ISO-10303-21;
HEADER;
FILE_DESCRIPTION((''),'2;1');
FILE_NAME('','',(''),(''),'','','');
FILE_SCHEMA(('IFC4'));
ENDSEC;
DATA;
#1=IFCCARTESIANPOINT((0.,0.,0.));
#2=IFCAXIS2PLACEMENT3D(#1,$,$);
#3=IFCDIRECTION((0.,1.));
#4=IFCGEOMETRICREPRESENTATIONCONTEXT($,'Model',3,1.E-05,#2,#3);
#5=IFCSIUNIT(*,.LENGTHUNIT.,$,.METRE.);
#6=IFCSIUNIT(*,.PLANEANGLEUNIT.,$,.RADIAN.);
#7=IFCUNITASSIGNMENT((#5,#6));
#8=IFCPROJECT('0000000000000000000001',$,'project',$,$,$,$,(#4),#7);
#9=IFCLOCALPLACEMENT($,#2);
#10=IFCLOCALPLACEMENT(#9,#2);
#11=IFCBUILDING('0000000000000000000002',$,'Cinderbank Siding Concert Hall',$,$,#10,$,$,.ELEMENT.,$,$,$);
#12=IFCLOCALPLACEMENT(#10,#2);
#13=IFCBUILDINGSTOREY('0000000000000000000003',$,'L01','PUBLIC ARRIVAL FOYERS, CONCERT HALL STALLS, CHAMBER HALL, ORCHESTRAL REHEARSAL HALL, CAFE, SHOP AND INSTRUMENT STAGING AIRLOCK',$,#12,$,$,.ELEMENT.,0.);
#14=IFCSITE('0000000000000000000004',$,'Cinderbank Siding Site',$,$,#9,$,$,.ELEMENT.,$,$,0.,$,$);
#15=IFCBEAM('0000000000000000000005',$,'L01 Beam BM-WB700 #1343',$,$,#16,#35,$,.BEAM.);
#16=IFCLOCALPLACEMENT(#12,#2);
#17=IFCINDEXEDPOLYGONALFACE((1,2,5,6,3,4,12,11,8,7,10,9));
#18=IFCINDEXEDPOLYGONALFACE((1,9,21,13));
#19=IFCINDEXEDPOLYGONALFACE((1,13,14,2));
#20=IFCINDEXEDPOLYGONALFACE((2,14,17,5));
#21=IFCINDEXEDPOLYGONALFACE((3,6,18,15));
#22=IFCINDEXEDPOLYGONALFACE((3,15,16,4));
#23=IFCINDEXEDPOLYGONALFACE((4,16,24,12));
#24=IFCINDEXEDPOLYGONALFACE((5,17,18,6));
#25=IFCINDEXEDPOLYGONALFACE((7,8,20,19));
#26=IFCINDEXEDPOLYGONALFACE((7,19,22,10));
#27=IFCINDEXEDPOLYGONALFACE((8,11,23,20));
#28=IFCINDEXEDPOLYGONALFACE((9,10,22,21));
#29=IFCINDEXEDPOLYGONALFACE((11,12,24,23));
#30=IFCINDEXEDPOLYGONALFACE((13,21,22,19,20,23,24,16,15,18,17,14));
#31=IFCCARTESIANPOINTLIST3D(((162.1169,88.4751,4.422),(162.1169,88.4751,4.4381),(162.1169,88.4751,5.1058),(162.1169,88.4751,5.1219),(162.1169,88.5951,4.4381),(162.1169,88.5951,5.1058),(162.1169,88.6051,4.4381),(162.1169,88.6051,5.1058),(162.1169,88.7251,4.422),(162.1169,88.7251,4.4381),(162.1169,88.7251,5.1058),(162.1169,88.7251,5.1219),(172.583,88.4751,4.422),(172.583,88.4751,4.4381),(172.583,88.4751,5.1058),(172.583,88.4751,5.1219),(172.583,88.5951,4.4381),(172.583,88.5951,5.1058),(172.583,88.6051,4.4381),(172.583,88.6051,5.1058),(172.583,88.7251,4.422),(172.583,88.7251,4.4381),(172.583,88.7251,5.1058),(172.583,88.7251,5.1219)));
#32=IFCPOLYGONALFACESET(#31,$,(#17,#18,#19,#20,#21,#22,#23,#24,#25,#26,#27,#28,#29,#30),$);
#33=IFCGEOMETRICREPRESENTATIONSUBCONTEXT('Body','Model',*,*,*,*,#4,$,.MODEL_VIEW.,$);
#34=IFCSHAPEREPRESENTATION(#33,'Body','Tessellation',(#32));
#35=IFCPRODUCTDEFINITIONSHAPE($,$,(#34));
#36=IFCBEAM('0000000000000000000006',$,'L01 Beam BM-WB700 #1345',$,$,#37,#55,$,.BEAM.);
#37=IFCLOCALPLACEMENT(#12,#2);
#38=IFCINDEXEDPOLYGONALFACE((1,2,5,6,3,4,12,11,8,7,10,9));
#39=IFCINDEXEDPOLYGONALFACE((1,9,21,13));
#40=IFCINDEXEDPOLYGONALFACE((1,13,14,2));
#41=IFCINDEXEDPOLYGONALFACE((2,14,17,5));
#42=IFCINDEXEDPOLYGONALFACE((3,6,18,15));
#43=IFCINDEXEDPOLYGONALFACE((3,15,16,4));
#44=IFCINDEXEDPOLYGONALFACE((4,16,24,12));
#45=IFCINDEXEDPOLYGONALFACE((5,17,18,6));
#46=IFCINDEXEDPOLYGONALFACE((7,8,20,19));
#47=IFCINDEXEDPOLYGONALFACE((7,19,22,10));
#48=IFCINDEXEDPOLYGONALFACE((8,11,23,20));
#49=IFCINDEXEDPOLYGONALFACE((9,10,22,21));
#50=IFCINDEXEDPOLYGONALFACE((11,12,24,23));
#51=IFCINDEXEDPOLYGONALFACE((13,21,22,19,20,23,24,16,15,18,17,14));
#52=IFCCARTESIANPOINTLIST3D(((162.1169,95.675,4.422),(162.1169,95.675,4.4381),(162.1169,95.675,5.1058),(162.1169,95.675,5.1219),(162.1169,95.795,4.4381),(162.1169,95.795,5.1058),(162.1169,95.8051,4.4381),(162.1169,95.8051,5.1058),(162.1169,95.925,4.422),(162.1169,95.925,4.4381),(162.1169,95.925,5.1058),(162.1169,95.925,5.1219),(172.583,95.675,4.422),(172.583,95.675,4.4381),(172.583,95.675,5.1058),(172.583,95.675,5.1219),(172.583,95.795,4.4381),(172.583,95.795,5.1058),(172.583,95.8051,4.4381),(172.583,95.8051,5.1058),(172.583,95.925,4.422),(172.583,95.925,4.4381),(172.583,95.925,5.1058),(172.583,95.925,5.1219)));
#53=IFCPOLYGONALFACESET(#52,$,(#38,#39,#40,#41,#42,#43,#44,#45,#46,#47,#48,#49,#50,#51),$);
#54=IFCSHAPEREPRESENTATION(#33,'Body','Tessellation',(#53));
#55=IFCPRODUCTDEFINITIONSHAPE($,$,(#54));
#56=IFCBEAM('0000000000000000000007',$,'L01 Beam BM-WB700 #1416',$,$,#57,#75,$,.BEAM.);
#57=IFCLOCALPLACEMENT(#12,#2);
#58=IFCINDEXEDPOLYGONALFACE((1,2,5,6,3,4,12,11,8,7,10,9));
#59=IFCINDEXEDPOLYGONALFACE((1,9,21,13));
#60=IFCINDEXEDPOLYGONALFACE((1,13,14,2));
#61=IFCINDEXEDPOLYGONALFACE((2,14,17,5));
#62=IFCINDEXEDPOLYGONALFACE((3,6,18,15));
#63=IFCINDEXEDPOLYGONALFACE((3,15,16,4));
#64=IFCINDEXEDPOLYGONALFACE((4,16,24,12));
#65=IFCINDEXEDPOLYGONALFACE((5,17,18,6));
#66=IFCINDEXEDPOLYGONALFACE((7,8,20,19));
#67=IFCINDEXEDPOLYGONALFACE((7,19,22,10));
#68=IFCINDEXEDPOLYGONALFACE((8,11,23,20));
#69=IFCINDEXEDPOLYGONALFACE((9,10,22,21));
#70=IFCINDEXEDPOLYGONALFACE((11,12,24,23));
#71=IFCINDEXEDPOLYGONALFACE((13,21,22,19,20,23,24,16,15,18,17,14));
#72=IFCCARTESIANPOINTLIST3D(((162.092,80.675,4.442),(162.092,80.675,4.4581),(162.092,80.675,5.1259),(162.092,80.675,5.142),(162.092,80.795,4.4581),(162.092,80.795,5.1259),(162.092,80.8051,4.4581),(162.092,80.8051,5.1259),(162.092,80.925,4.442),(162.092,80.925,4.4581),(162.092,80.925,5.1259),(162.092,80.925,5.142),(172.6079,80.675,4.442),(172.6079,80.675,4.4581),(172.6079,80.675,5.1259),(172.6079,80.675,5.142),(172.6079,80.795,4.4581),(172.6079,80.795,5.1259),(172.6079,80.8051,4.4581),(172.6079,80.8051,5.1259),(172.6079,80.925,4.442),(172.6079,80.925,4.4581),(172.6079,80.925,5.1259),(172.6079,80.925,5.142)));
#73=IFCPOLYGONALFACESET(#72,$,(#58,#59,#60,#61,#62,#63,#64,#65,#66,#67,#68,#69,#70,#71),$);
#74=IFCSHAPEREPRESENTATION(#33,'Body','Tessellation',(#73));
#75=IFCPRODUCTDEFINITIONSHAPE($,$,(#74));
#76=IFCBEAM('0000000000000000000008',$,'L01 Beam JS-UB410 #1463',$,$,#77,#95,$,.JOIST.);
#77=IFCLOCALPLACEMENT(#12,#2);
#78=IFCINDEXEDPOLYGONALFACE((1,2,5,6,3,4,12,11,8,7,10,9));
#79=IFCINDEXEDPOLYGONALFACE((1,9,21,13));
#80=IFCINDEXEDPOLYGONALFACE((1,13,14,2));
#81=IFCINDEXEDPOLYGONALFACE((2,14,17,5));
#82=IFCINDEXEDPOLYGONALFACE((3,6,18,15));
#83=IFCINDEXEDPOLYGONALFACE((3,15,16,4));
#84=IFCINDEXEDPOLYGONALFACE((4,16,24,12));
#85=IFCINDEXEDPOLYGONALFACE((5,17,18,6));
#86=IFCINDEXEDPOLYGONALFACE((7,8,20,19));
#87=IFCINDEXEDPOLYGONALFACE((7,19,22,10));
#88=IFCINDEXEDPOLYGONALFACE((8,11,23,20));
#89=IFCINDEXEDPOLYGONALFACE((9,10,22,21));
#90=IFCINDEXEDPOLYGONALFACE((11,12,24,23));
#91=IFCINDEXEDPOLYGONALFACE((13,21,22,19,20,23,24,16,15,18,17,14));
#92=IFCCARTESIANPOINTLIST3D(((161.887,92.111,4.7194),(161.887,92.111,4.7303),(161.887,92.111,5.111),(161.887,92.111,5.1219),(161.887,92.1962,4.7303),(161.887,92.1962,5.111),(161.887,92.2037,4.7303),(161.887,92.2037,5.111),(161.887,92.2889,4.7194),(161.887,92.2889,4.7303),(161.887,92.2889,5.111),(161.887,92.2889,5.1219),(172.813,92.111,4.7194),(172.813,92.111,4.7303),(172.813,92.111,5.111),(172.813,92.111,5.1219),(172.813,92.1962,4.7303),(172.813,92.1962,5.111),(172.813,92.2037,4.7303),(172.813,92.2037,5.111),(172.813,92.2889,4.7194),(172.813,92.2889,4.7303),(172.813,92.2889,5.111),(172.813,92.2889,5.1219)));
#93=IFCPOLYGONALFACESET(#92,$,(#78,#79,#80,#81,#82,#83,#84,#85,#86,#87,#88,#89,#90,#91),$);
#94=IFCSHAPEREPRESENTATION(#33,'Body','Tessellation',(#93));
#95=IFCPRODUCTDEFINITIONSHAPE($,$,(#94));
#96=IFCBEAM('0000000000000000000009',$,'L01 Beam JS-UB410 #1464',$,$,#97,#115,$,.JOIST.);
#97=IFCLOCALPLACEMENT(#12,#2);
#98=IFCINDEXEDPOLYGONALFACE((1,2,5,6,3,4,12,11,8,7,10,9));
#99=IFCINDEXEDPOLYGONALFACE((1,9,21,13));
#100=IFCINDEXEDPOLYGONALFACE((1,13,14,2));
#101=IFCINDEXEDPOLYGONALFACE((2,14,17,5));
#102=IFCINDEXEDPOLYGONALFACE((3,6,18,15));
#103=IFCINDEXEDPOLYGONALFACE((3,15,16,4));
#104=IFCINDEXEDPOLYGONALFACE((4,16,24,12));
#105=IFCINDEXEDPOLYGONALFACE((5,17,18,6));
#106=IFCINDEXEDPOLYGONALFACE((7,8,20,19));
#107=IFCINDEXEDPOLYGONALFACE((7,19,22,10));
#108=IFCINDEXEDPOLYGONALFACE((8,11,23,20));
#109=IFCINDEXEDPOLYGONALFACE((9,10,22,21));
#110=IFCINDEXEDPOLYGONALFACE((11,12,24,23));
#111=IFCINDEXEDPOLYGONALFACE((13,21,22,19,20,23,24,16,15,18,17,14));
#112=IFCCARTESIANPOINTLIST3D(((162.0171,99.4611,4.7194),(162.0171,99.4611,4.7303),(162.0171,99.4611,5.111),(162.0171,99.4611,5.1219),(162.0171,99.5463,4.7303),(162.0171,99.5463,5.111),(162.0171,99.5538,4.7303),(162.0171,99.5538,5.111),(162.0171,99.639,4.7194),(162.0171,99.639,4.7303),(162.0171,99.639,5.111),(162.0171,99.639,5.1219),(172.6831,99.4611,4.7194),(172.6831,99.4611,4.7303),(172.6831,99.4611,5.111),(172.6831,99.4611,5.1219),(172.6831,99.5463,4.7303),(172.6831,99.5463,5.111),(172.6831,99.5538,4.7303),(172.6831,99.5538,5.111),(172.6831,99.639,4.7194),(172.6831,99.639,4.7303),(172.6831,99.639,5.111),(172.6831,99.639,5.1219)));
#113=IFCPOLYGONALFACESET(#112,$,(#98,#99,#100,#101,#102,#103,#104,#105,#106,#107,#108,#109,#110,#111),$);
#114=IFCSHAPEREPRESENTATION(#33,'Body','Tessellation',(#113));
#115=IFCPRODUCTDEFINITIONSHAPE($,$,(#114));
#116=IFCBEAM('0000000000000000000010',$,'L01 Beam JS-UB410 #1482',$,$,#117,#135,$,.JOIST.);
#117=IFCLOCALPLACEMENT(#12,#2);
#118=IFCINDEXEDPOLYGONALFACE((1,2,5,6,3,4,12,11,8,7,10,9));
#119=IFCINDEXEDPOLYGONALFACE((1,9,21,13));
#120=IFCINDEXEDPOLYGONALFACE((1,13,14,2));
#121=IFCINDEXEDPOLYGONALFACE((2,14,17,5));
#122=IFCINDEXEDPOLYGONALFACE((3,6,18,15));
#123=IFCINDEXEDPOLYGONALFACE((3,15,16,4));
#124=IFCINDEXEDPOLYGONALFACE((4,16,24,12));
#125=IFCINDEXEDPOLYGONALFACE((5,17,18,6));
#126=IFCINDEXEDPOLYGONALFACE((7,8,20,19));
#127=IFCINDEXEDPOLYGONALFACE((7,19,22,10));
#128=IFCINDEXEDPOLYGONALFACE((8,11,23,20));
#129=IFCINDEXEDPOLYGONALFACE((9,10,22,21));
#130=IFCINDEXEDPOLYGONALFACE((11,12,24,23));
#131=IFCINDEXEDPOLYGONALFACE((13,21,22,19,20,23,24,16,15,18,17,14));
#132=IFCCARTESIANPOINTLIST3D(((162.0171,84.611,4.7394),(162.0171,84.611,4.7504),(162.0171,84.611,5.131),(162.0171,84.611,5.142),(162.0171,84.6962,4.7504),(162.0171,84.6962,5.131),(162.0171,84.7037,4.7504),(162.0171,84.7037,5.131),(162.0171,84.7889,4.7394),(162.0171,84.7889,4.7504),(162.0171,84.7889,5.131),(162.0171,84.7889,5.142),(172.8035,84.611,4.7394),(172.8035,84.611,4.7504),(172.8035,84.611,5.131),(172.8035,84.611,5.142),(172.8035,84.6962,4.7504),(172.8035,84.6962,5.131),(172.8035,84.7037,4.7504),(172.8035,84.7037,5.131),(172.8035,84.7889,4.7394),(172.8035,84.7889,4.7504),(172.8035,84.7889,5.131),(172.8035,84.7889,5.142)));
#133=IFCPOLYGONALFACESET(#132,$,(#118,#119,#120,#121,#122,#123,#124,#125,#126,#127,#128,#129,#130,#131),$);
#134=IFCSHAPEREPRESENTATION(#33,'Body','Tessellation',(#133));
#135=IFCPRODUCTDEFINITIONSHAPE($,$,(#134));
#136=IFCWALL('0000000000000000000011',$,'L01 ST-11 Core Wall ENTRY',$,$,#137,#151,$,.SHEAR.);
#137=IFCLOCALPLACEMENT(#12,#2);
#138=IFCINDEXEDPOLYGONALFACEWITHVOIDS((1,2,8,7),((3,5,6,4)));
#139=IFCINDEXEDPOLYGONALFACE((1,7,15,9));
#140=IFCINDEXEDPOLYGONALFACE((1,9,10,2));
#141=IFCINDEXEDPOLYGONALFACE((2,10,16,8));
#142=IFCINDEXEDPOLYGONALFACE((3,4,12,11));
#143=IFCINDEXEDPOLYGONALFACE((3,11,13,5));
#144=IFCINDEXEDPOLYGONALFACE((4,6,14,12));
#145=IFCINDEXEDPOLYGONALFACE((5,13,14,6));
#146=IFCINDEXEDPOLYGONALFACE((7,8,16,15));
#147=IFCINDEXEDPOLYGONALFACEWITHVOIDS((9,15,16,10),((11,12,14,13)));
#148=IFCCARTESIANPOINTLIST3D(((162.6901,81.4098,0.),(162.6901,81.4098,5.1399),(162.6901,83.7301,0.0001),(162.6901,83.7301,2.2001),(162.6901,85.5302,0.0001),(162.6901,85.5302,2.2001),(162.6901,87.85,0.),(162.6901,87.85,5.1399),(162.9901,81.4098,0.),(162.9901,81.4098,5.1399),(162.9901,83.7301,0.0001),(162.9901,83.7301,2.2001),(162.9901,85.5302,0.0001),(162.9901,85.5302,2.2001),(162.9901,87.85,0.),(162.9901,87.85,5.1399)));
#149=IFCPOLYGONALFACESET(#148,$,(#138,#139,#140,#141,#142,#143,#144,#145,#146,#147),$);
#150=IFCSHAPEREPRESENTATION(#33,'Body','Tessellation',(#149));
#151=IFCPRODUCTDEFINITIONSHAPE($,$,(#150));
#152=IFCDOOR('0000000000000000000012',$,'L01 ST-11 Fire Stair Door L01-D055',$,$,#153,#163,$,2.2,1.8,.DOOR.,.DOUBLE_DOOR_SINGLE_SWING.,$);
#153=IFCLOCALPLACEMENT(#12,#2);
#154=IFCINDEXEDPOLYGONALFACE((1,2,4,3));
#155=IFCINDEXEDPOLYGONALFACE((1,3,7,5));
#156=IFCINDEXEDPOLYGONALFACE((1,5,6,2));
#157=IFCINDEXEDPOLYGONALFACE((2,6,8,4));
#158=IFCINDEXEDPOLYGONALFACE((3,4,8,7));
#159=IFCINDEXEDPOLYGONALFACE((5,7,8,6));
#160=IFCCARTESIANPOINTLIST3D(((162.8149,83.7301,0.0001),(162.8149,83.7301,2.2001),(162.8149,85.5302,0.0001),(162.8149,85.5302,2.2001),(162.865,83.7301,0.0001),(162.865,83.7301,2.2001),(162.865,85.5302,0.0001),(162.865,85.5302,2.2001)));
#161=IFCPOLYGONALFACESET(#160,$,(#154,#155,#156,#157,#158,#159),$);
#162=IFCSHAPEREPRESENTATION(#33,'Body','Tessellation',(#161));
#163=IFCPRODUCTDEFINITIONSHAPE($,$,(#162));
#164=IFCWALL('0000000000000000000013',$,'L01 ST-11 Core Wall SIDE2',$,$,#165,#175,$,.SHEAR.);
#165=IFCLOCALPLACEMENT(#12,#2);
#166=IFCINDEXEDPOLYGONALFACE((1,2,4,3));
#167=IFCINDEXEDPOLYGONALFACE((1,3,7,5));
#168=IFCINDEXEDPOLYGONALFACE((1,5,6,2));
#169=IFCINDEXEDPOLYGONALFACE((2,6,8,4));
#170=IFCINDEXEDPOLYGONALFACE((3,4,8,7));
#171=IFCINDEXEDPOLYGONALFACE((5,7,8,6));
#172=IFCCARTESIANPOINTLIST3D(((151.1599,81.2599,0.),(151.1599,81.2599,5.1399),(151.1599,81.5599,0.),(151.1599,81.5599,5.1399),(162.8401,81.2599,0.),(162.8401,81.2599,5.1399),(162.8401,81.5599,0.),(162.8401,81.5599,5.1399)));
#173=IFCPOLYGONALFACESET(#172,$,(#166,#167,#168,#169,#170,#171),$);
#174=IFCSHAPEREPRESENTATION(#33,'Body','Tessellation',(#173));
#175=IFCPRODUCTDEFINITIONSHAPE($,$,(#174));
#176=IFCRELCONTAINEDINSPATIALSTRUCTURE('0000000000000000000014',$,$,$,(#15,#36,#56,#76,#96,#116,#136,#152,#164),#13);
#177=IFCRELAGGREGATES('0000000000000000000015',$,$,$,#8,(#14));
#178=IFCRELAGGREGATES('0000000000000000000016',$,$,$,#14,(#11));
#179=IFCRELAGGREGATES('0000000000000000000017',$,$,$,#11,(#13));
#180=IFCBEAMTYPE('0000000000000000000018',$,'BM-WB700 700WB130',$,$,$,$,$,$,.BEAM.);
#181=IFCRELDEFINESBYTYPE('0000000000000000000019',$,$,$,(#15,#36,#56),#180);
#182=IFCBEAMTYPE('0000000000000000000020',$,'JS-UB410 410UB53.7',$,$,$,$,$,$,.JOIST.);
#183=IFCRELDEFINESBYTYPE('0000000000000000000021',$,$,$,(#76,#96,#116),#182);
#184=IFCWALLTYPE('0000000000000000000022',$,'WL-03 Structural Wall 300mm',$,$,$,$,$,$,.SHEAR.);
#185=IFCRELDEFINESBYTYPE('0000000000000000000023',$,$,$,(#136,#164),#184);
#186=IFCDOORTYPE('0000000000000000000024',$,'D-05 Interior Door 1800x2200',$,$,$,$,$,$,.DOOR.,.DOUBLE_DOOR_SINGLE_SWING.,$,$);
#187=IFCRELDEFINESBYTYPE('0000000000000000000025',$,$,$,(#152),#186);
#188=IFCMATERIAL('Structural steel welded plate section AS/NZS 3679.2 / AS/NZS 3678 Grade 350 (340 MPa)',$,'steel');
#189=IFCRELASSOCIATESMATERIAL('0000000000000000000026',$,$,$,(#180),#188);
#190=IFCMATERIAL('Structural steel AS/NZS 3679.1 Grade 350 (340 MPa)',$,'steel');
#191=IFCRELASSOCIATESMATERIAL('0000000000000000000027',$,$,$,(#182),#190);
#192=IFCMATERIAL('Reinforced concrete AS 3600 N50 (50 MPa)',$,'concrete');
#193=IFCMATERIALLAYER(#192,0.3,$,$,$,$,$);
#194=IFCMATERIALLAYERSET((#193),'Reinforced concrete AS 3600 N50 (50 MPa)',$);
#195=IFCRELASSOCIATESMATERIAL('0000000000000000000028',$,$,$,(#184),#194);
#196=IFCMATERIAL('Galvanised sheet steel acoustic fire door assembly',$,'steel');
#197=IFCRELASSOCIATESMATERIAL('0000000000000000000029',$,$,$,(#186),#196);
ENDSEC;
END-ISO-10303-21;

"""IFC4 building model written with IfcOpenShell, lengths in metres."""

from ifc_helpers import new_model, si_unit, direction, frame, frame_2d, origin, origin_2d, place, context, subcontext, project, spatial, rectangle, i_section, extrude, material, layer, layer_set, material_profile, profile_set, type_object, element, fill, save


model = new_model("IFC4")

# Units and contexts
model_context = context("Model", 3, precision=1e-05, world=origin(), true_north=direction((0.0, 1.0)))
body_context = subcontext(model_context, "Body", "Model", "MODEL_VIEW")
ifc_project = project(units=[si_unit("LENGTHUNIT", "METRE"), si_unit("PLANEANGLEUNIT", "RADIAN")], contexts=[model_context])

# Site, building, storey
site_placement = place(None, origin())
site = spatial("IfcSite", under=ifc_project, at=site_placement, Name="Cinderbank Siding Site", CompositionType="ELEMENT", RefElevation=0.0)
building_placement = place(site_placement, origin())
building = spatial("IfcBuilding", under=site, at=building_placement, Name="Cinderbank Siding Concert Hall", CompositionType="ELEMENT")
storey_placement = place(building_placement, origin())
storey = spatial("IfcBuildingStorey", under=building, at=storey_placement, Name="L01", Description="PUBLIC ARRIVAL FOYERS, CONCERT HALL STALLS, CHAMBER HALL, ORCHESTRAL REHEARSAL HALL, CAFE, SHOP AND INSTRUMENT STAGING AIRLOCK", CompositionType="ELEMENT", Elevation=0.0)

# Shared definitions
ifc_material_1 = material(Name="Reinforced concrete AS 3600 N50 (50 MPa)", Category="concrete")

# Beams
ifc_material_2 = material(Name="Structural steel AS/NZS 3679.1 Grade 350 (340 MPa)", Category="steel")
ifc_material_3 = material(Name="Structural steel welded plate section AS/NZS 3679.2 / AS/NZS 3678 Grade 350 (340 MPa)", Category="steel")
ifc_material_profile_1 = material_profile(ifc_material_3, i_section(OverallWidth=0.25, OverallDepth=0.7, WebThickness=0.01, FlangeThickness=0.0161, at=origin_2d()), Name="700WB130", Category="LoadBearing")
ifc_profile_set_1 = profile_set([ifc_material_profile_1], Name="Structural steel welded plate section AS/NZS 3679.2 / AS/NZS 3678 Grade 350 (340 MPa)")
beam_type_1 = type_object("IfcBeamType", Name="BM-WB700 700WB130", PredefinedType="BEAM", material=ifc_profile_set_1)
for number, where, z_axis, x_axis, name in (
    (1, (162.1169, 88.6001, 4.772), (1.0, 0.0, 0.0), (0.0, 1.0, 0.0), "L01 Beam BM-WB700 #1343"),
    (2, (162.1169, 95.8, 4.772), (1.0, 0.0, 0.0), (0.0, 1.0, 0.0), "L01 Beam BM-WB700 #1345"),
):
    element("IfcBeam", number, at=place(storey_placement, frame(where, z_axis=z_axis, x_axis=x_axis)), inside=storey, type_object=beam_type_1, Name=name, PredefinedType="BEAM", context=body_context, shape_type="SweptSolid", body=[
        extrude(i_section(OverallWidth=0.25, OverallDepth=0.7, WebThickness=0.01, FlangeThickness=0.0161, at=origin_2d()), origin(), (0.0, 0.0, 1.0), 10.4661),
    ])
beam_1_placement = place(storey_placement, frame((162.092, 80.8, 4.792), z_axis=(1.0, 0.0, 0.0), x_axis=(0.0, 1.0, 0.0)))
element("IfcBeam", 3, at=beam_1_placement, inside=storey, type_object=beam_type_1, Name="L01 Beam BM-WB700 #1416", PredefinedType="BEAM", context=body_context, shape_type="SweptSolid", body=[
    extrude(i_section(OverallWidth=0.25, OverallDepth=0.7, WebThickness=0.01, FlangeThickness=0.0161, at=origin_2d()), origin(), (0.0, 0.0, 1.0), 10.5159),
])
ifc_material_profile_2 = material_profile(ifc_material_2, i_section(OverallWidth=0.178, OverallDepth=0.4026, WebThickness=0.0076, FlangeThickness=0.011, at=origin_2d()), Name="410UB53.7", Category="LoadBearing")
ifc_profile_set_2 = profile_set([ifc_material_profile_2], Name="Structural steel AS/NZS 3679.1 Grade 350 (340 MPa)")
beam_type_2 = type_object("IfcBeamType", Name="JS-UB410 410UB53.7", PredefinedType="JOIST", material=ifc_profile_set_2)
beam_2_placement = place(storey_placement, frame((161.887, 92.2, 4.9207), z_axis=(1.0, 0.0, 0.0), x_axis=(0.0, 1.0, 0.0)))
element("IfcBeam", 4, at=beam_2_placement, inside=storey, type_object=beam_type_2, Name="L01 Beam JS-UB410 #1463", PredefinedType="JOIST", context=body_context, shape_type="SweptSolid", body=[
    extrude(i_section(OverallWidth=0.178, OverallDepth=0.4026, WebThickness=0.0076, FlangeThickness=0.011, at=origin_2d()), origin(), (0.0, 0.0, 1.0), 10.926),
])
beam_3_placement = place(storey_placement, frame((162.0171, 99.55, 4.9207), z_axis=(1.0, 0.0, 0.0), x_axis=(0.0, 1.0, 0.0)))
element("IfcBeam", 5, at=beam_3_placement, inside=storey, type_object=beam_type_2, Name="L01 Beam JS-UB410 #1464", PredefinedType="JOIST", context=body_context, shape_type="SweptSolid", body=[
    extrude(i_section(OverallWidth=0.178, OverallDepth=0.4026, WebThickness=0.0076, FlangeThickness=0.011, at=origin_2d()), origin(), (0.0, 0.0, 1.0), 10.666),
])
beam_4_placement = place(storey_placement, frame((162.0171, 84.7, 4.9407), z_axis=(1.0, 0.0, 0.0), x_axis=(0.0, 1.0, 0.0)))
element("IfcBeam", 6, at=beam_4_placement, inside=storey, type_object=beam_type_2, Name="L01 Beam JS-UB410 #1482", PredefinedType="JOIST", context=body_context, shape_type="SweptSolid", body=[
    extrude(i_section(OverallWidth=0.178, OverallDepth=0.4026, WebThickness=0.0076, FlangeThickness=0.011, at=origin_2d()), origin(), (0.0, 0.0, 1.0), 10.7864),
])

# Wall, opening, door
ifc_layer_1 = layer(ifc_material_1, 0.3)
ifc_layer_set_1 = layer_set([ifc_layer_1], Name="Reinforced concrete AS 3600 N50 (50 MPa)")
wall_type_1 = type_object("IfcWallType", Name="WL-03 Structural Wall 300mm", PredefinedType="SHEAR", material=ifc_layer_set_1)
wall_1_placement = place(storey_placement, frame((162.8401, 87.8501, 0.0), z_axis=(0.0, 0.0, 1.0), x_axis=(0.0, -1.0, 0.0)))
wall_1 = element("IfcWall", 7, at=wall_1_placement, inside=storey, type_object=wall_type_1, Name="L01 ST-11 Core Wall ENTRY", PredefinedType="SHEAR", context=body_context, shape_type="SweptSolid", body=[
    extrude(rectangle(XDim=6.4402, YDim=0.3, at=frame_2d((3.2202, 0.0))), origin(), (0.0, 0.0, 1.0), 5.1399),
])
opening_1_placement = place(wall_1_placement, frame((2.3201, 0.0, 0.0)))
opening_1 = element("IfcOpeningElement", 8, at=opening_1_placement, cuts=wall_1, PredefinedType="OPENING", context=body_context, shape_type="SweptSolid", body=[
    extrude(rectangle(XDim=1.8, YDim=2.2, at=frame_2d((0.8999, 1.1001))), frame((0.0, 0.1621, 0.0), z_axis=(0.0, -1.0, 0.0), x_axis=(1.0, 0.0, 0.0)), (0.0, 0.0, 1.0), 0.324),
])
ifc_material_4 = material(Name="Galvanised sheet steel acoustic fire door assembly", Category="steel")
door_type_1 = type_object("IfcDoorType", Name="D-05 Interior Door 1800x2200", OperationType="DOUBLE_DOOR_SINGLE_SWING", PredefinedType="DOOR", material=ifc_material_4)
door_1_placement = place(opening_1_placement, origin())
door_1 = element("IfcDoor", 9, at=door_1_placement, inside=storey, type_object=door_type_1, Name="L01 ST-11 Fire Stair Door L01-D055", OperationType="DOUBLE_DOOR_SINGLE_SWING", OverallHeight=2.2, OverallWidth=1.8, PredefinedType="DOOR", context=body_context, shape_type="SweptSolid", body=[
    extrude(rectangle(XDim=1.8, YDim=2.2, at=frame_2d((0.8999, 1.1001))), frame((0.0, 0.0249, 0.0), z_axis=(0.0, -1.0, 0.0), x_axis=(1.0, 0.0, 0.0)), (0.0, 0.0, 1.0), 0.05),
])
fill(opening_1, door_1)

# Wall
wall_2_placement = place(storey_placement, frame((162.8401, 81.4099, 0.0), z_axis=(0.0, 0.0, 1.0), x_axis=(-1.0, 0.0, 0.0)))
element("IfcWall", 10, at=wall_2_placement, inside=storey, type_object=wall_type_1, Name="L01 ST-11 Core Wall SIDE2", PredefinedType="SHEAR", context=body_context, shape_type="SweptSolid", body=[
    extrude(rectangle(XDim=11.6802, YDim=0.3, at=frame_2d((5.8401, 0.0))), origin(), (0.0, 0.0, 1.0), 5.1399),
])

save(model, "model.ifc")
